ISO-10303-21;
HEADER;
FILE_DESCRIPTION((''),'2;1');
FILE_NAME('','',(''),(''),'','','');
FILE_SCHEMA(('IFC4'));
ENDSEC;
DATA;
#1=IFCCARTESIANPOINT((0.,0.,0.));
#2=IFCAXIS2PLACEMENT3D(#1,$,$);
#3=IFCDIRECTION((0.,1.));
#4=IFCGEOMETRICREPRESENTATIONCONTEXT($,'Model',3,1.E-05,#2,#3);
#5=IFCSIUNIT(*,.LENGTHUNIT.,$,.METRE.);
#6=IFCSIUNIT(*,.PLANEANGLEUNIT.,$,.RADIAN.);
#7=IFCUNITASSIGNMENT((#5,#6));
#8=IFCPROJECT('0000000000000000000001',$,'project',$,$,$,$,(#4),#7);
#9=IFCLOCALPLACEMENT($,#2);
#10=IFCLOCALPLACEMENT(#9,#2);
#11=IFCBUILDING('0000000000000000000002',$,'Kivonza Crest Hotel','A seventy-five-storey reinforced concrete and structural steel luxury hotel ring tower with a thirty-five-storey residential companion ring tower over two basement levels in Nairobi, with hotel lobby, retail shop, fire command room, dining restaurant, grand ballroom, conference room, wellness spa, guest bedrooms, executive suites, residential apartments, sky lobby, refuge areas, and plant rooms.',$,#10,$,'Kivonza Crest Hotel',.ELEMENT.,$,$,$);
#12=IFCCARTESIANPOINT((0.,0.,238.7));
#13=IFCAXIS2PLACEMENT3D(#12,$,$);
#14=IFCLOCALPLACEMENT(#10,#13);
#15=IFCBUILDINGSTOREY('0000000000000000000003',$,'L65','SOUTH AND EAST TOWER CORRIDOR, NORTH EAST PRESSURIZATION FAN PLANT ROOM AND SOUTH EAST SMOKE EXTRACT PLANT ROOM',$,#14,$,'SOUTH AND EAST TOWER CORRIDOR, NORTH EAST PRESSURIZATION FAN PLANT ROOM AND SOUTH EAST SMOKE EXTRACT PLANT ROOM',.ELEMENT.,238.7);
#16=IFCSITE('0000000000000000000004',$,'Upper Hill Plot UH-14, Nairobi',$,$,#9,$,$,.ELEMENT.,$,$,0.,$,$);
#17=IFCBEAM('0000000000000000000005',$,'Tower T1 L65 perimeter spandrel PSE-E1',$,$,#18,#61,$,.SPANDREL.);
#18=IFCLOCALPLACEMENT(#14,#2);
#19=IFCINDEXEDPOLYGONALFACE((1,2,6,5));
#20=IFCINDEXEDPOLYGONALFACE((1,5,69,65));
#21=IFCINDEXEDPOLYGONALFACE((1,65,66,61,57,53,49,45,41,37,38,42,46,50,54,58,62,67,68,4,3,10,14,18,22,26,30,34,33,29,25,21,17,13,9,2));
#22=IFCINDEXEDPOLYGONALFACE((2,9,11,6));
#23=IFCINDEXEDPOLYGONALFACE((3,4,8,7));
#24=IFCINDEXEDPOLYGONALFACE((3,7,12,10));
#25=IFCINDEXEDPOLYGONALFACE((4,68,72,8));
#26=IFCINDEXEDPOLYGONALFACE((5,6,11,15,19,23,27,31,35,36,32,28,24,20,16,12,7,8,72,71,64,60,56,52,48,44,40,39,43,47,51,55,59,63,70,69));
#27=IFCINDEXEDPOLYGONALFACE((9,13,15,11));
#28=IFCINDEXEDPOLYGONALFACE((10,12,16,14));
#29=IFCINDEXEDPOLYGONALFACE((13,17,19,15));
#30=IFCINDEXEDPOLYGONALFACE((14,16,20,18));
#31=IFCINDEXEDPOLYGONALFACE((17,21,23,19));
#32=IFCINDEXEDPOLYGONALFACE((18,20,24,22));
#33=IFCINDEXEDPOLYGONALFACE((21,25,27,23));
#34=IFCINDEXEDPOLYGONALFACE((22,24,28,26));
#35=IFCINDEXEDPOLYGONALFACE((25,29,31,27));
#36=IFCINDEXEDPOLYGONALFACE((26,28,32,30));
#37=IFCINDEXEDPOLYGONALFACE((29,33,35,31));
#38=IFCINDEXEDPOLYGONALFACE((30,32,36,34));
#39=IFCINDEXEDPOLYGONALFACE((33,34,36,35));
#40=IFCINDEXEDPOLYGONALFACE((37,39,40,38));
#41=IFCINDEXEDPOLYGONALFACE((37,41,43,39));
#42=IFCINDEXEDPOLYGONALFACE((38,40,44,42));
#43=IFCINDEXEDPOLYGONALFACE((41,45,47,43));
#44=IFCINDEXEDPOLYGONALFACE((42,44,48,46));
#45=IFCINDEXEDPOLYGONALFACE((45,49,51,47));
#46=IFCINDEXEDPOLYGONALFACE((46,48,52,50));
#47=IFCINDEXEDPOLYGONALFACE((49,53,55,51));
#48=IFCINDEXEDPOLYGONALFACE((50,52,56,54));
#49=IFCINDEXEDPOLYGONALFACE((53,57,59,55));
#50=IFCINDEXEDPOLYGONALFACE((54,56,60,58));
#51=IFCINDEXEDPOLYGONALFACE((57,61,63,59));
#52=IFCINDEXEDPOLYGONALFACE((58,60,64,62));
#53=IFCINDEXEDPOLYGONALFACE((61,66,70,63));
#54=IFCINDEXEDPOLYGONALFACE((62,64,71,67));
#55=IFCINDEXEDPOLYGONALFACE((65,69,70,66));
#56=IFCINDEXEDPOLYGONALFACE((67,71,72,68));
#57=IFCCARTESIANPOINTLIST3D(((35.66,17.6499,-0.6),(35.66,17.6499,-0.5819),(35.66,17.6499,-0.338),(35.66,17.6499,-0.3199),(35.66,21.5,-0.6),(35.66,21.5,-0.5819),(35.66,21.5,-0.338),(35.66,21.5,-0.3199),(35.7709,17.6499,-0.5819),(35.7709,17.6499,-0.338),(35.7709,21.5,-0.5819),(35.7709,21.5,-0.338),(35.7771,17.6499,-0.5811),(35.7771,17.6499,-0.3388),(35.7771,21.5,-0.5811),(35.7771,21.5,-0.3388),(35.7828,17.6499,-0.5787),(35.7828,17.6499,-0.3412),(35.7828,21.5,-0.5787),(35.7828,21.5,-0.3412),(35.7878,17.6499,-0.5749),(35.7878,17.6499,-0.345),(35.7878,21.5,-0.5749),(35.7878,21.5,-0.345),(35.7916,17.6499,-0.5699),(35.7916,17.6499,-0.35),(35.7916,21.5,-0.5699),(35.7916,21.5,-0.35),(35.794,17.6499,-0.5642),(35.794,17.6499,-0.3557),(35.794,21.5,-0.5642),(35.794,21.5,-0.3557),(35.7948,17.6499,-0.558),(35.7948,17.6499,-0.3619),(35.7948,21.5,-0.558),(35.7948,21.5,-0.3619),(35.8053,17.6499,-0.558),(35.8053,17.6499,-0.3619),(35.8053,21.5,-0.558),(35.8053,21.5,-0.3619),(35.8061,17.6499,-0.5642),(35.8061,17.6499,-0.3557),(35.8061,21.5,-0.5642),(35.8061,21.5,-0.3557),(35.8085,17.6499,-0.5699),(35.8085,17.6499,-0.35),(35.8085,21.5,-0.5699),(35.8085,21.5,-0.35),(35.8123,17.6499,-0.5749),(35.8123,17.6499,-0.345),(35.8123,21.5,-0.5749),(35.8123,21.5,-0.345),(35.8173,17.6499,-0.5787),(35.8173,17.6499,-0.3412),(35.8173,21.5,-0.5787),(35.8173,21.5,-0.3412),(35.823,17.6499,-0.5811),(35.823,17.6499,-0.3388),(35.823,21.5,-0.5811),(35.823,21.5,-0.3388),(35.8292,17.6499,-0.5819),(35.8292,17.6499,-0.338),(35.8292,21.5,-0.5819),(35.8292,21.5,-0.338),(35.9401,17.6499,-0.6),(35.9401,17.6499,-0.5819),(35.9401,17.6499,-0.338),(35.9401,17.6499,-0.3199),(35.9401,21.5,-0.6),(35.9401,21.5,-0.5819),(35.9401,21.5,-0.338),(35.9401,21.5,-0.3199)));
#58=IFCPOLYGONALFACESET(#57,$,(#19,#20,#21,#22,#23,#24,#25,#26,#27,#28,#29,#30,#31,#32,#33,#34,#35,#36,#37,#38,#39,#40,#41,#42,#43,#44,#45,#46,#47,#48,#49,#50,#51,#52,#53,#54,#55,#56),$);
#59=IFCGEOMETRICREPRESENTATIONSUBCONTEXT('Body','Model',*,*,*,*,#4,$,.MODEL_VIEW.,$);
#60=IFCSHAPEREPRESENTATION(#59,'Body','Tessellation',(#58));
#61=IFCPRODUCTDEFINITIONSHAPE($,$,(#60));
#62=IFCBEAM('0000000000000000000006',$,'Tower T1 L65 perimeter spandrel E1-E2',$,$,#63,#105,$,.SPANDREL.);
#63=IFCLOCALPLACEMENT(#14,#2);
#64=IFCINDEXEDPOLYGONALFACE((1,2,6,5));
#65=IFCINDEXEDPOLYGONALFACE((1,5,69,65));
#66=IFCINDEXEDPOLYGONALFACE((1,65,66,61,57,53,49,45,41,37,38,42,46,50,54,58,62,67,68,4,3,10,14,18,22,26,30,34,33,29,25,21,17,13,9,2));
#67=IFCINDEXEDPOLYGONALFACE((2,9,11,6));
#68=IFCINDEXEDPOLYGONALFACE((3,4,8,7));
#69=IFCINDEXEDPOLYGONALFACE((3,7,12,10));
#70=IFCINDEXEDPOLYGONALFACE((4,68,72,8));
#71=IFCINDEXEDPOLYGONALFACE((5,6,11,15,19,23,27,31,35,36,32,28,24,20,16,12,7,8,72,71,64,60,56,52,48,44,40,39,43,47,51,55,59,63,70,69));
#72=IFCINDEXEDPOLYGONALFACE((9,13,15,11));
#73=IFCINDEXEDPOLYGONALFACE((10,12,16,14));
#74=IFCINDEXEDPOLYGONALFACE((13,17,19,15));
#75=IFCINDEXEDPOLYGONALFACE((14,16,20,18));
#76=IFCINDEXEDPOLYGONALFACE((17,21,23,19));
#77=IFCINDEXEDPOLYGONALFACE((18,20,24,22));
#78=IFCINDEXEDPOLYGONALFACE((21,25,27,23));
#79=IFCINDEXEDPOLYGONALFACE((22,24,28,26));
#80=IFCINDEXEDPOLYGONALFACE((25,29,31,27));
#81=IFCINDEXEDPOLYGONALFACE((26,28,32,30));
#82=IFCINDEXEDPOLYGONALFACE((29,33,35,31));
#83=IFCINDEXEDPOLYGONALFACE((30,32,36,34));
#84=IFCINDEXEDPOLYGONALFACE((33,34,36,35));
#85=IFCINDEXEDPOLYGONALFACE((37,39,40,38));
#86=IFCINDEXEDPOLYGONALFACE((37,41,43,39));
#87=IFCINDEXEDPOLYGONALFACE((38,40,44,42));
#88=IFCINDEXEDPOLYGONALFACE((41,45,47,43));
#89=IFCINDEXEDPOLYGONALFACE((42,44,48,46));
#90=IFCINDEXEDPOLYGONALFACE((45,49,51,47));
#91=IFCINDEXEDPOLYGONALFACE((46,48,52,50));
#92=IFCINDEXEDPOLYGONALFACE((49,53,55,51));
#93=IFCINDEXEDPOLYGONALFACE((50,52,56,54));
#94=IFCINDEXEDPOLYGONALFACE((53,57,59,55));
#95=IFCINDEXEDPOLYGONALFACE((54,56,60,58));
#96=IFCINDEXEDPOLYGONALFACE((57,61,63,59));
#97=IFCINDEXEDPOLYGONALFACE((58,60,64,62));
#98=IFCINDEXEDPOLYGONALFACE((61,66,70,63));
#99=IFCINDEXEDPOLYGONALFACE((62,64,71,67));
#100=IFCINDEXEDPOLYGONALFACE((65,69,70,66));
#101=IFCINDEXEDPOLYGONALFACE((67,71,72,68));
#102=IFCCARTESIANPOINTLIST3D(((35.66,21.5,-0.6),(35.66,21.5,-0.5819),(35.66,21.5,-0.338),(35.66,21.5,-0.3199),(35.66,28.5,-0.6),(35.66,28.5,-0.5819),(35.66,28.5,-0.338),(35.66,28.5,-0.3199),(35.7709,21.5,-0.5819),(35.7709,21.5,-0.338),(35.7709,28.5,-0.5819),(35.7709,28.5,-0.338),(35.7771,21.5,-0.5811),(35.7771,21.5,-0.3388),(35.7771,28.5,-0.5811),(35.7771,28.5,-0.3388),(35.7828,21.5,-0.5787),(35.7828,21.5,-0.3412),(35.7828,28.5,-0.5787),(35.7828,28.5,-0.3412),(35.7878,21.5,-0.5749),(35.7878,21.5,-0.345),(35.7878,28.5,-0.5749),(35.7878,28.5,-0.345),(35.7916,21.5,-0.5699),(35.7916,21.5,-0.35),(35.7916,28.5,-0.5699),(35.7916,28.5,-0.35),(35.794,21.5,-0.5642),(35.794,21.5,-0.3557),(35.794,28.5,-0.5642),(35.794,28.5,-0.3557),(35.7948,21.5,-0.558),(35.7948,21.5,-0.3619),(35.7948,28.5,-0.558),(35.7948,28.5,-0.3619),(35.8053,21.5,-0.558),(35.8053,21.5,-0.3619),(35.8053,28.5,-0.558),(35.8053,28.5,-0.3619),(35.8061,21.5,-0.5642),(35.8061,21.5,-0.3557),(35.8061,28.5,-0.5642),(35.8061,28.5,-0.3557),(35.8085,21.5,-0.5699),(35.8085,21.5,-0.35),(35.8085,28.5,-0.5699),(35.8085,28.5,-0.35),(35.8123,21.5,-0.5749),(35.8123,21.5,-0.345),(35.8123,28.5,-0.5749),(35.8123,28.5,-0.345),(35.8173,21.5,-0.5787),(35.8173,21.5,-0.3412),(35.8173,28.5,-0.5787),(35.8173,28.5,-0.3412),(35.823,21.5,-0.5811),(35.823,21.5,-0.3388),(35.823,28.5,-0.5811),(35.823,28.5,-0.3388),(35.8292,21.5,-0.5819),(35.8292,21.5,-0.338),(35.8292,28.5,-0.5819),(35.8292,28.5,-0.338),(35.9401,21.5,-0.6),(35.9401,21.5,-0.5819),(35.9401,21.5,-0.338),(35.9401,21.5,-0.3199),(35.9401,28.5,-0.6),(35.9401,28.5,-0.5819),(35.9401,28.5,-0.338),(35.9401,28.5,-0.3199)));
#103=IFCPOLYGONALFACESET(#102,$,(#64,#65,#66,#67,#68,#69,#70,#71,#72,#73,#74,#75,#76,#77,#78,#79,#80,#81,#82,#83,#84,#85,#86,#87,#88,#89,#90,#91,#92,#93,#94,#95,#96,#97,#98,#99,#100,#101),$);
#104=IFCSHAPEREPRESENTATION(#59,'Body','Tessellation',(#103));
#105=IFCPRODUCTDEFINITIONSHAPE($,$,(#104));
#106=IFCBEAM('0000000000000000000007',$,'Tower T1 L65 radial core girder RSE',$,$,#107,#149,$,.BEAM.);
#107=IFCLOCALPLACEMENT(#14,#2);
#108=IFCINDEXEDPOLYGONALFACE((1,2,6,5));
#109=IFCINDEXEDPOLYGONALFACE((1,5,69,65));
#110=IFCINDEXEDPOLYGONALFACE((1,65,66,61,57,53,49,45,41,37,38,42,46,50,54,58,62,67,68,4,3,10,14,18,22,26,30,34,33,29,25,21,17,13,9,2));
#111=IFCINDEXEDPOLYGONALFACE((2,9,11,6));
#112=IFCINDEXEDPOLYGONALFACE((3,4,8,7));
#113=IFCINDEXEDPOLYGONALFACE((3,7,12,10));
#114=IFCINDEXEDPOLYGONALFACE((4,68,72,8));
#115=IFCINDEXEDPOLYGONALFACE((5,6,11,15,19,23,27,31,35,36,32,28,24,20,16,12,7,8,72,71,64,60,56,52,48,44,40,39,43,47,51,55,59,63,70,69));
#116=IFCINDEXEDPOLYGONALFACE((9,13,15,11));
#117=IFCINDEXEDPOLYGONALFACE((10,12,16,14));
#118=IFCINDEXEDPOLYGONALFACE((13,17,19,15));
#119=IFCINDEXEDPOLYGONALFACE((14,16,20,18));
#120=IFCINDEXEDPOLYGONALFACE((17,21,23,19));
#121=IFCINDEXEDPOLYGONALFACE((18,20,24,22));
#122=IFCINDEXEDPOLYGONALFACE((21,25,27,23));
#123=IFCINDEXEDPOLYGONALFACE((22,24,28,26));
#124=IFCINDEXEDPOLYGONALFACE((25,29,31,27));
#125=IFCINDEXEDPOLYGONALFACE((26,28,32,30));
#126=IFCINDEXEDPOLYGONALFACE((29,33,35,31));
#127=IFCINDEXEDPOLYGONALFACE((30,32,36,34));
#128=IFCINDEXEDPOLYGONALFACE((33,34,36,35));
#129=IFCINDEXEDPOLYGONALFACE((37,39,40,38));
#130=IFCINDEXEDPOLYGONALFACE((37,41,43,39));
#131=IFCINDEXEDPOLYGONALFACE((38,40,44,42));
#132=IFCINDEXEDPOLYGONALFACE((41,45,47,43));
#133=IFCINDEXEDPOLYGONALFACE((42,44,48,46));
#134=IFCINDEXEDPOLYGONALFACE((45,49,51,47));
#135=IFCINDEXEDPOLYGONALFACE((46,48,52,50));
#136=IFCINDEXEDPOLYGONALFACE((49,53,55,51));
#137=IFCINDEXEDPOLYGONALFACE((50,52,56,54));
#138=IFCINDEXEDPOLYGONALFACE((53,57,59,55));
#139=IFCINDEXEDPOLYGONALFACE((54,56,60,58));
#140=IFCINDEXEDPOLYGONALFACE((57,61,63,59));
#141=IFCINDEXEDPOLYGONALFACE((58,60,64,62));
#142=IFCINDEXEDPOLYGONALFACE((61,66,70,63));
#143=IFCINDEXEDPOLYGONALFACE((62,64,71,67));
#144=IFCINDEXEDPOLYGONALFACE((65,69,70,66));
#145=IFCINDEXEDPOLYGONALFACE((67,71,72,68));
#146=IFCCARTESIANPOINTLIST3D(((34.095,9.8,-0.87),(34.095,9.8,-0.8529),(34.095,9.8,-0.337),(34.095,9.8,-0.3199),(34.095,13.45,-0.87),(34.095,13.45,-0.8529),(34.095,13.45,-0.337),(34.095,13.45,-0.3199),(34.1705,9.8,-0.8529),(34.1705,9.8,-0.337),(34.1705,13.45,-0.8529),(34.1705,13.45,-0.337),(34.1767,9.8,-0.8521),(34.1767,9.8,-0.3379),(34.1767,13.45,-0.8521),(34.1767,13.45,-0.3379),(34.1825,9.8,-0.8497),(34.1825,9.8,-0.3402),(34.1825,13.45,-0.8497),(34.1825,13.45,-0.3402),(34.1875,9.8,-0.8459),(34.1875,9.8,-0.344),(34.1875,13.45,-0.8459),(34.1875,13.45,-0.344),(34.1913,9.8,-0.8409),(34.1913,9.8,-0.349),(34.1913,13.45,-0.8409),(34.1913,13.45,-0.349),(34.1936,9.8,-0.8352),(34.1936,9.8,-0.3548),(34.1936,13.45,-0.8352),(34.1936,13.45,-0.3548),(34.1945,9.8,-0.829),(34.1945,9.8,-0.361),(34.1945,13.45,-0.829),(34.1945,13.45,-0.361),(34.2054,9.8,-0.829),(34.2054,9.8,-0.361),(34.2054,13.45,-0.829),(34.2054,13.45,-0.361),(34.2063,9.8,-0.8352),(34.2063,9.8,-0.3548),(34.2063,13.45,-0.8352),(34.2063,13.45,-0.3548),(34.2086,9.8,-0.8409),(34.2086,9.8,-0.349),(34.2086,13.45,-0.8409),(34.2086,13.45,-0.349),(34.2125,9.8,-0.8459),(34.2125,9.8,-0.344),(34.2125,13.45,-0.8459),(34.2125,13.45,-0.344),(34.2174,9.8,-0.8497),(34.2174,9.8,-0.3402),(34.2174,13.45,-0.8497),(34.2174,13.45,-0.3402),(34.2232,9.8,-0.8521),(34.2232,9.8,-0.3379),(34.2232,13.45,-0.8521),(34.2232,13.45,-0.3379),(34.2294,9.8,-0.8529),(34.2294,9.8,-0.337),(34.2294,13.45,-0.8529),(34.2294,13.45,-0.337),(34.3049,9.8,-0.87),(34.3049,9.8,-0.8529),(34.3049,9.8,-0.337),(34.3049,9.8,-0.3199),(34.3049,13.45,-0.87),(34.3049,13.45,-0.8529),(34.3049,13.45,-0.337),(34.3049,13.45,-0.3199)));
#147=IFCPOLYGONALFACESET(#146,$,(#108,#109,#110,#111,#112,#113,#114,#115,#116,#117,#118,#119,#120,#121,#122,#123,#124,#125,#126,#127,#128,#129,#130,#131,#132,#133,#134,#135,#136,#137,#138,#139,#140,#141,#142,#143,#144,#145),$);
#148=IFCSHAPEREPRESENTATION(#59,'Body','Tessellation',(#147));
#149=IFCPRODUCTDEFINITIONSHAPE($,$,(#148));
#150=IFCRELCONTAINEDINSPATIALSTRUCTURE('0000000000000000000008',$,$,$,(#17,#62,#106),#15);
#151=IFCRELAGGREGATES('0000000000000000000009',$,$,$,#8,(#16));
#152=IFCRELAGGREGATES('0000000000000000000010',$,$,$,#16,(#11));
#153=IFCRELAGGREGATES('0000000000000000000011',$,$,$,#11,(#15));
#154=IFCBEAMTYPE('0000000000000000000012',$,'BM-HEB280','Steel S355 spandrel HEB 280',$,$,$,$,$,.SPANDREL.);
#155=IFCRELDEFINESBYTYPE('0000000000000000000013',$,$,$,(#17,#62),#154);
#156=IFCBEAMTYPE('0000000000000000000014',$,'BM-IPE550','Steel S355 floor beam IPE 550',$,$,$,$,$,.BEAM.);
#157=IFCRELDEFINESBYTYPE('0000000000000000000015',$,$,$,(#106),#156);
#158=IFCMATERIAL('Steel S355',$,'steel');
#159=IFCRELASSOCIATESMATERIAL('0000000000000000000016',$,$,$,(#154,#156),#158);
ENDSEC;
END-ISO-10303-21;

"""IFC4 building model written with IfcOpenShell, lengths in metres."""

from ifc_helpers import new_model, si_unit, direction, frame, origin, origin_2d, place, context, subcontext, project, spatial, i_section, extrude, material, material_profile, profile_set, type_object, element, save


model = new_model("IFC4")

# Units and contexts
model_context = context("Model", 3, precision=1e-05, world=origin(), true_north=direction((0.0, 1.0)))
body_context = subcontext(model_context, "Body", "Model", "MODEL_VIEW")
ifc_project = project(units=[si_unit("LENGTHUNIT", "METRE"), si_unit("PLANEANGLEUNIT", "RADIAN")], contexts=[model_context])

# Site, building, storey
site_placement = place(None, origin())
site = spatial("IfcSite", under=ifc_project, at=site_placement, Name="Upper Hill Plot UH-14, Nairobi", CompositionType="ELEMENT", RefElevation=0.0)
building_placement = place(site_placement, origin())
building = spatial("IfcBuilding", under=site, at=building_placement, Name="Kivonza Crest Hotel", Description="A seventy-five-storey reinforced concrete and structural steel luxury hotel ring tower with a thirty-five-storey residential companion ring tower over two basement levels in Nairobi, with hotel lobby, retail shop, fire command room, dining restaurant, grand ballroom, conference room, wellness spa, guest bedrooms, executive suites, residential apartments, sky lobby, refuge areas, and plant rooms.", LongName="Kivonza Crest Hotel", CompositionType="ELEMENT")
storey_placement = place(building_placement, frame((0.0, 0.0, 238.7)))
storey = spatial("IfcBuildingStorey", under=building, at=storey_placement, Name="L65", Description="SOUTH AND EAST TOWER CORRIDOR, NORTH EAST PRESSURIZATION FAN PLANT ROOM AND SOUTH EAST SMOKE EXTRACT PLANT ROOM", LongName="SOUTH AND EAST TOWER CORRIDOR, NORTH EAST PRESSURIZATION FAN PLANT ROOM AND SOUTH EAST SMOKE EXTRACT PLANT ROOM", CompositionType="ELEMENT", Elevation=238.7)

# Shared definitions
ifc_material_1 = material(Name="Steel S355", Category="steel")

# Beams
ifc_material_profile_1 = material_profile(ifc_material_1, i_section(OverallWidth=0.28, OverallDepth=0.28, WebThickness=0.0105, FlangeThickness=0.0181, FilletRadius=0.0239, at=origin_2d()), Name="HEB 280")
ifc_profile_set_1 = profile_set([ifc_material_profile_1], Name="Steel S355")
beam_type_1 = type_object("IfcBeamType", Name="BM-HEB280", Description="Steel S355 spandrel HEB 280", PredefinedType="SPANDREL", material=ifc_profile_set_1)
beam_1_placement = place(storey_placement, frame((35.8, 17.6499, -0.46), z_axis=(0.0, 1.0, 0.0), x_axis=(-1.0, 0.0, 0.0)))
element("IfcBeam", 1, at=beam_1_placement, inside=storey, type_object=beam_type_1, Name="Tower T1 L65 perimeter spandrel PSE-E1", PredefinedType="SPANDREL", context=body_context, shape_type="SweptSolid", body=[
    extrude(i_section(OverallWidth=0.28, OverallDepth=0.28, WebThickness=0.0105, FlangeThickness=0.0181, FilletRadius=0.0239, at=origin_2d()), origin(), (0.0, 0.0, 1.0), 3.8501),
])
beam_2_placement = place(storey_placement, frame((35.8, 21.5, -0.46), z_axis=(0.0, 1.0, 0.0), x_axis=(-1.0, 0.0, 0.0)))
element("IfcBeam", 2, at=beam_2_placement, inside=storey, type_object=beam_type_1, Name="Tower T1 L65 perimeter spandrel E1-E2", PredefinedType="SPANDREL", context=body_context, shape_type="SweptSolid", body=[
    extrude(i_section(OverallWidth=0.28, OverallDepth=0.28, WebThickness=0.0105, FlangeThickness=0.0181, FilletRadius=0.0239, at=origin_2d()), origin(), (0.0, 0.0, 1.0), 7.0),
])
ifc_material_profile_2 = material_profile(ifc_material_1, i_section(OverallWidth=0.21, OverallDepth=0.55, WebThickness=0.011, FlangeThickness=0.0171, FilletRadius=0.0239, at=origin_2d()), Name="IPE 550")
ifc_profile_set_2 = profile_set([ifc_material_profile_2], Name="Steel S355")
beam_type_2 = type_object("IfcBeamType", Name="BM-IPE550", Description="Steel S355 floor beam IPE 550", PredefinedType="BEAM", material=ifc_profile_set_2)
beam_3_placement = place(storey_placement, frame((34.2, 9.8, -0.595), z_axis=(0.0, 1.0, 0.0), x_axis=(-1.0, 0.0, 0.0)))
element("IfcBeam", 3, at=beam_3_placement, inside=storey, type_object=beam_type_2, Name="Tower T1 L65 radial core girder RSE", PredefinedType="BEAM", context=body_context, shape_type="SweptSolid", body=[
    extrude(i_section(OverallWidth=0.21, OverallDepth=0.55, WebThickness=0.011, FlangeThickness=0.0171, FilletRadius=0.0239, at=origin_2d()), origin(), (0.0, 0.0, 1.0), 3.6499),
])

save(model, "model.ifc")
